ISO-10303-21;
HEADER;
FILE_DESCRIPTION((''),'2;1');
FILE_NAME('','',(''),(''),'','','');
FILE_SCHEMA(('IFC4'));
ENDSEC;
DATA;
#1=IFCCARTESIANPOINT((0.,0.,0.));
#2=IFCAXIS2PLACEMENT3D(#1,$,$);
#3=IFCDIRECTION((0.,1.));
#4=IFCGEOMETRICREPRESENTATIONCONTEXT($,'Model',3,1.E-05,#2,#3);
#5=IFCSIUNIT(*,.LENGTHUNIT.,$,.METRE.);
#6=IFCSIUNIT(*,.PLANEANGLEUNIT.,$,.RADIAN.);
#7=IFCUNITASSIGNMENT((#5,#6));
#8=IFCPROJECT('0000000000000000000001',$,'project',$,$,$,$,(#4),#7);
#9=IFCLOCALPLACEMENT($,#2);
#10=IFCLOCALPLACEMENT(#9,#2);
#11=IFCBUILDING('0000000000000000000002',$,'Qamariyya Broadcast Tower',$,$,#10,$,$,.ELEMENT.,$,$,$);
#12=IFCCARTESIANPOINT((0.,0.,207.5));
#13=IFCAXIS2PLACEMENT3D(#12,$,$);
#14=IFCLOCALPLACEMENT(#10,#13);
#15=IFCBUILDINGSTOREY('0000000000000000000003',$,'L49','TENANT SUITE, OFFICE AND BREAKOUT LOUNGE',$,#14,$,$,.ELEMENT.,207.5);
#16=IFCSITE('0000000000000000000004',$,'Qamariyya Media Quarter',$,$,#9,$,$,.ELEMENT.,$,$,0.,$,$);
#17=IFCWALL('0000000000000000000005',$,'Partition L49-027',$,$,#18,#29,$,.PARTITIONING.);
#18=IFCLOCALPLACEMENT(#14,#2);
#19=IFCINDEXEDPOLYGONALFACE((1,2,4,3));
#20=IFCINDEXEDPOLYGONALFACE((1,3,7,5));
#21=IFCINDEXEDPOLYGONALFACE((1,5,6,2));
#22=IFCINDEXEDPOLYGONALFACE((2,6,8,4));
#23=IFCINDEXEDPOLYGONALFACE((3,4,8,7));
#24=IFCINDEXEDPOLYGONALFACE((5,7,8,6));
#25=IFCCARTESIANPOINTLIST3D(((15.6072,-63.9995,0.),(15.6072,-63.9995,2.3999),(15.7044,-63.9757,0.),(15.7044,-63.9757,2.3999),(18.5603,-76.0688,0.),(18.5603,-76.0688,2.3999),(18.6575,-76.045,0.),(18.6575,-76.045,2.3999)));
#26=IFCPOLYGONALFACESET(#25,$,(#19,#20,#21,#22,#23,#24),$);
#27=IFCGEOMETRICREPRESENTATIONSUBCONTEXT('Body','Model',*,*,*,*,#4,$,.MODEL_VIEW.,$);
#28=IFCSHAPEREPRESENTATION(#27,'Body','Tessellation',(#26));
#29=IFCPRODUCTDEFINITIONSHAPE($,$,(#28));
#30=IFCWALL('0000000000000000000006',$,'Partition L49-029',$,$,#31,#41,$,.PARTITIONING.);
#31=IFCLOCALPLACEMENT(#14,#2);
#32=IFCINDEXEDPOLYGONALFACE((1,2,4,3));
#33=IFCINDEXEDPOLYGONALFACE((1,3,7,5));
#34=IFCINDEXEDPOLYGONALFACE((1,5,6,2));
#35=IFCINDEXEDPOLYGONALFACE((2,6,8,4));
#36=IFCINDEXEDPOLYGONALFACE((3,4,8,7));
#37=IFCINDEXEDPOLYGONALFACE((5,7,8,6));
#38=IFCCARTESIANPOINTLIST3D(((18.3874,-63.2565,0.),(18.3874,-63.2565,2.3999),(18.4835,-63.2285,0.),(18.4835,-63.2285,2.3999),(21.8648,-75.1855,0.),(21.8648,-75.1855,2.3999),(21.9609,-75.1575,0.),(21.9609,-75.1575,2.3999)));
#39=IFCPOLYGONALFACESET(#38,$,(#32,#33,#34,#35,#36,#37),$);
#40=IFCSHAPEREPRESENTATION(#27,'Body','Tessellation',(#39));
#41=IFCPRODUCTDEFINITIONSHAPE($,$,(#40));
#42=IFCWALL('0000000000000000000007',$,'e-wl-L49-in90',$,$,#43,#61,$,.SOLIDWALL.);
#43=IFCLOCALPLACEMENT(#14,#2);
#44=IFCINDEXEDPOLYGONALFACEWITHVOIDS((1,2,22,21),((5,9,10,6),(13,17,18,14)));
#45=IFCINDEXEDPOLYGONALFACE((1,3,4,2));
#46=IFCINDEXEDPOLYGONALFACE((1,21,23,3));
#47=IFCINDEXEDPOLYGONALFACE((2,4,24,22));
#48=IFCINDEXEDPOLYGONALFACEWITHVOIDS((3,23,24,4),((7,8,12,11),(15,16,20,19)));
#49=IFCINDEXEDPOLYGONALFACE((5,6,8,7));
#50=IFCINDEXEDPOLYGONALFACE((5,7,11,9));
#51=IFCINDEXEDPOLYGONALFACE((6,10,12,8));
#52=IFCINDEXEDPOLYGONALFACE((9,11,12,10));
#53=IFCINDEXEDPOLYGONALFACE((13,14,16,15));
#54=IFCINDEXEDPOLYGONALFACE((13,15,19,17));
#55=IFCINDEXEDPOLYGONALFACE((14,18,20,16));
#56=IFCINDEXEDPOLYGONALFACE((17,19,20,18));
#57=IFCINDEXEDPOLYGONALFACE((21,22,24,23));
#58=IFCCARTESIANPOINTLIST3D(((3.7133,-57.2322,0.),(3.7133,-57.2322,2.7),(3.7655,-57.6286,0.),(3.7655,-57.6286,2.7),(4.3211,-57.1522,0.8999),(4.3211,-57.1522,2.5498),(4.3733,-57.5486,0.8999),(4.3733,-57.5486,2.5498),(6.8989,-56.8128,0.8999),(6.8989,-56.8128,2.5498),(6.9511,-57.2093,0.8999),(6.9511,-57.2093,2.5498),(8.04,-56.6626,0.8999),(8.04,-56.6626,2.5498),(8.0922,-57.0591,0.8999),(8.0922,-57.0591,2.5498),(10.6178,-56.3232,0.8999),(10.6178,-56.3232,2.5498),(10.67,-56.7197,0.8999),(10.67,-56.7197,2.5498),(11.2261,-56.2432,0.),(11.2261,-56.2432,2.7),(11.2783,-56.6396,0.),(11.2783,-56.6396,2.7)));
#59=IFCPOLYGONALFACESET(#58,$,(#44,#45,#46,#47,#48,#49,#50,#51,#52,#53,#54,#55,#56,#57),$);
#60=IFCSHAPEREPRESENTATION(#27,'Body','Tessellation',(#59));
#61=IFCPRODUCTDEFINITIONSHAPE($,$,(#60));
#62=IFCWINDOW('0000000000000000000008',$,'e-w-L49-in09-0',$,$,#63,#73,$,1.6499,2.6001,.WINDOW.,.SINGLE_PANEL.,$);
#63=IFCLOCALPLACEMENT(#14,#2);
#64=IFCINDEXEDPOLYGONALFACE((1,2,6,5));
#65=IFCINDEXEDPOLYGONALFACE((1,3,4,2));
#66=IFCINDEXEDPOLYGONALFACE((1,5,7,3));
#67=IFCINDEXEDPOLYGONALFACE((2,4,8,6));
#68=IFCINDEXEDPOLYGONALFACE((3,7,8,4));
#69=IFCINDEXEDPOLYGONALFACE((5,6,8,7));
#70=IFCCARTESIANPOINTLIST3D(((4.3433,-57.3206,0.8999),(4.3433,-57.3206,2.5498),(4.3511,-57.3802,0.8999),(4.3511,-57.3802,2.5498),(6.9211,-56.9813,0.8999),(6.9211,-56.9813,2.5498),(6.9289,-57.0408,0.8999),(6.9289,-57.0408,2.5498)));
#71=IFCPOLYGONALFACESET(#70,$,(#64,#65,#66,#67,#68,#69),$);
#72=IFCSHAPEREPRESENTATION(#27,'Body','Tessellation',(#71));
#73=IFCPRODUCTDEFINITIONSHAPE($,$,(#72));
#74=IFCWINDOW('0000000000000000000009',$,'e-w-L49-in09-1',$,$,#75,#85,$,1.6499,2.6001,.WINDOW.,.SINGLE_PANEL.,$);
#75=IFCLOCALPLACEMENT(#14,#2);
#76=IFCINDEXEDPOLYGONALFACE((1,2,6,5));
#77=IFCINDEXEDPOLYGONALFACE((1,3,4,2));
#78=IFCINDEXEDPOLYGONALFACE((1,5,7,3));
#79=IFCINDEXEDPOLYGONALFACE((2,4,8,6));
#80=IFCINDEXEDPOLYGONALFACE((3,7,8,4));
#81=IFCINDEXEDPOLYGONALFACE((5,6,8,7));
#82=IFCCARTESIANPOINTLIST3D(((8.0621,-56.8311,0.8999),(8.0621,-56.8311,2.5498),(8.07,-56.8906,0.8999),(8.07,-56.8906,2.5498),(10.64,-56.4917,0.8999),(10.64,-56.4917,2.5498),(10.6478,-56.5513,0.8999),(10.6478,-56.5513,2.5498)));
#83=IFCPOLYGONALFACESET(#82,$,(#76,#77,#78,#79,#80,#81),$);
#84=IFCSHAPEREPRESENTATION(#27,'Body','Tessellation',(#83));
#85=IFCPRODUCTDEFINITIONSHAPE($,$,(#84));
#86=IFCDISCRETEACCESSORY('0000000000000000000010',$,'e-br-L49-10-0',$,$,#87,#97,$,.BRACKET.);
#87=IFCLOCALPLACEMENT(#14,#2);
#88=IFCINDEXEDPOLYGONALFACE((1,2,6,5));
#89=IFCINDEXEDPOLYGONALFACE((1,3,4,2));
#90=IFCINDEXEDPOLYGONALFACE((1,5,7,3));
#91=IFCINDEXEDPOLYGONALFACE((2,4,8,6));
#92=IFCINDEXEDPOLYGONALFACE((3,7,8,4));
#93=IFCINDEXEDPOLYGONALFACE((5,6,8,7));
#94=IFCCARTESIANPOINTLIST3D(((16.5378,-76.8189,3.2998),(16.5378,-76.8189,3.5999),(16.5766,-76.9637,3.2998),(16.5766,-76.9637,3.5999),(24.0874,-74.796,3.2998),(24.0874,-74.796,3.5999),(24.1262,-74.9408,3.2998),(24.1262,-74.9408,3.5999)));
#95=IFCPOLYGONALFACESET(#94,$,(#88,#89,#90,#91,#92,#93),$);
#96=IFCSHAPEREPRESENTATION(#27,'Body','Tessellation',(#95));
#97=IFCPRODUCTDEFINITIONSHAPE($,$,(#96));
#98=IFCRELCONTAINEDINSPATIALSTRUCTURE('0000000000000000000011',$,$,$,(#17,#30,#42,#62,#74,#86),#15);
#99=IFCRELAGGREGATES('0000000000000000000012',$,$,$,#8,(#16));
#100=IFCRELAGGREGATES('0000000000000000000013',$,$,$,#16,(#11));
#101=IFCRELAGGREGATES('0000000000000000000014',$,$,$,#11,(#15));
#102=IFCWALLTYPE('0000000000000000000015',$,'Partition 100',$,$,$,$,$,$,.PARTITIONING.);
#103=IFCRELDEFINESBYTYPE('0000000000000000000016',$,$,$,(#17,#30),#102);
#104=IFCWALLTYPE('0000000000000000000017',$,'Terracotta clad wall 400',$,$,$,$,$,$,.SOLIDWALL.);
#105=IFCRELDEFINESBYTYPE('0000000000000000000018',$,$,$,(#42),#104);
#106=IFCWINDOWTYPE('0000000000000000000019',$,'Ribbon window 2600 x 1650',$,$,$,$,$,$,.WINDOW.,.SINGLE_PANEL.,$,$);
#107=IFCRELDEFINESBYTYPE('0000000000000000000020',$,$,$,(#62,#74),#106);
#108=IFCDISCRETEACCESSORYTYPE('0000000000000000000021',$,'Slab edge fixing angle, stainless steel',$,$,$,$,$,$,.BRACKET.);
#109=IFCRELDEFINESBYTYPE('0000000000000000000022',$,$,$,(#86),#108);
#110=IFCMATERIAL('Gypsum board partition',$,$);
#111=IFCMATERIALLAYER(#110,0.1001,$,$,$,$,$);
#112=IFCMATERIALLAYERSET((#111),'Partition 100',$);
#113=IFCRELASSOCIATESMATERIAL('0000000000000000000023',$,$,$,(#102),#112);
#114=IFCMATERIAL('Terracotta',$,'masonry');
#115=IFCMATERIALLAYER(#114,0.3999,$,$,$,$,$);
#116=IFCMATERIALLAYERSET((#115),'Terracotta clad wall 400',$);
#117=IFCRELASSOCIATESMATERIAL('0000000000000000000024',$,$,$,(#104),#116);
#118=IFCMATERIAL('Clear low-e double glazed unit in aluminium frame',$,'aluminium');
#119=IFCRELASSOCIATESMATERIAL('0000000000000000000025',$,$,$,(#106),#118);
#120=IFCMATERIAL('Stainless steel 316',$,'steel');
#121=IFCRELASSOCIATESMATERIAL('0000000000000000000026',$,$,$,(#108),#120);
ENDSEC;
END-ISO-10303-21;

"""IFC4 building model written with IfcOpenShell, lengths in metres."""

from ifc_helpers import new_model, si_unit, direction, frame, frame_2d, origin, origin_2d, place, context, subcontext, project, spatial, rectangle, extrude, material, layer, layer_set, type_object, element, fill, save


model = new_model("IFC4")

# Units and contexts
model_context = context("Model", 3, precision=1e-05, world=origin(), true_north=direction((0.0, 1.0)))
body_context = subcontext(model_context, "Body", "Model", "MODEL_VIEW")
ifc_project = project(units=[si_unit("LENGTHUNIT", "METRE"), si_unit("PLANEANGLEUNIT", "RADIAN")], contexts=[model_context])

# Site, building, storey
site_placement = place(None, origin())
site = spatial("IfcSite", under=ifc_project, at=site_placement, Name="Qamariyya Media Quarter", CompositionType="ELEMENT", RefElevation=0.0)
building_placement = place(site_placement, origin())
building = spatial("IfcBuilding", under=site, at=building_placement, Name="Qamariyya Broadcast Tower", CompositionType="ELEMENT")
storey_placement = place(building_placement, frame((0.0, 0.0, 207.5)))
storey = spatial("IfcBuildingStorey", under=building, at=storey_placement, Name="L49", Description="TENANT SUITE, OFFICE AND BREAKOUT LOUNGE", CompositionType="ELEMENT", Elevation=207.5)

# Shared definitions
ifc_material_1 = material(Name="Gypsum board partition")

# Walls
ifc_layer_1 = layer(ifc_material_1, 0.1001)
ifc_layer_set_1 = layer_set([ifc_layer_1], Name="Partition 100")
wall_type_1 = type_object("IfcWallType", Name="Partition 100", PredefinedType="PARTITIONING", material=ifc_layer_set_1)
wall_1_placement = place(storey_placement, frame((18.6089, -76.0569, 0.0), z_axis=(0.0, 0.0, 1.0), x_axis=(-0.237669, 0.971346, 0.0)))
element("IfcWall", 1, at=wall_1_placement, inside=storey, type_object=wall_type_1, Name="Partition L49-027", PredefinedType="PARTITIONING", context=body_context, shape_type="SweptSolid", body=[
    extrude(rectangle(XDim=12.4253, YDim=0.1001, at=frame_2d((6.2126, 0.0))), origin(), (0.0, 0.0, 1.0), 2.3999),
])
wall_2_placement = place(storey_placement, frame((21.9128, -75.1716, 0.0), z_axis=(0.0, 0.0, 1.0), x_axis=(-0.279853, 0.960043, 0.0)))
element("IfcWall", 2, at=wall_2_placement, inside=storey, type_object=wall_type_1, Name="Partition L49-029", PredefinedType="PARTITIONING", context=body_context, shape_type="SweptSolid", body=[
    extrude(rectangle(XDim=12.4255, YDim=0.1001, at=frame_2d((6.2129, 0.0))), origin(), (0.0, 0.0, 1.0), 2.3999),
])

# Wall, openings, windows
ifc_material_2 = material(Name="Terracotta", Category="masonry")
ifc_layer_2 = layer(ifc_material_2, 0.3999)
ifc_layer_set_2 = layer_set([ifc_layer_2], Name="Terracotta clad wall 400")
wall_type_2 = type_object("IfcWallType", Name="Terracotta clad wall 400", PredefinedType="SOLIDWALL", material=ifc_layer_set_2)
wall_3_placement = place(storey_placement, frame((11.2522, -56.4414, 0.0), z_axis=(0.0, 0.0, 1.0), x_axis=(-0.991446, -0.130515, 0.0)))
wall_3 = element("IfcWall", 3, at=wall_3_placement, inside=storey, type_object=wall_type_2, Name="e-wl-L49-in90", PredefinedType="SOLIDWALL", context=body_context, shape_type="SweptSolid", body=[
    extrude(rectangle(XDim=7.5776, YDim=0.3999, at=frame_2d((3.7888, 0.0))), origin(), (0.0, 0.0, 1.0), 2.7),
])
opening_1_placement = place(wall_3_placement, frame((4.3645, 0.0, 0.8999)))
opening_1 = element("IfcOpeningElement", 4, at=opening_1_placement, cuts=wall_3, PredefinedType="OPENING", context=body_context, shape_type="SweptSolid", body=[
    extrude(rectangle(XDim=2.6001, YDim=1.6499, at=frame_2d((1.3, 0.825))), frame((0.0, 0.21, 0.0), z_axis=(0.0, -1.0, 0.0), x_axis=(1.0, 0.0, 0.0)), (0.0, 0.0, 1.0), 0.4199),
])
opening_2_placement = place(wall_3_placement, frame((0.6135, 0.0, 0.8999)))
opening_2 = element("IfcOpeningElement", 5, at=opening_2_placement, cuts=wall_3, PredefinedType="OPENING", context=body_context, shape_type="SweptSolid", body=[
    extrude(rectangle(XDim=2.6001, YDim=1.6499, at=frame_2d((1.3, 0.825))), frame((0.0, 0.21, 0.0), z_axis=(0.0, -1.0, 0.0), x_axis=(1.0, 0.0, 0.0)), (0.0, 0.0, 1.0), 0.4199),
])
ifc_material_3 = material(Name="Clear low-e double glazed unit in aluminium frame", Category="aluminium")
window_type = type_object("IfcWindowType", Name="Ribbon window 2600 x 1650", PartitioningType="SINGLE_PANEL", PredefinedType="WINDOW", material=ifc_material_3)
window_1_placement = place(opening_1_placement, origin())
window_1 = element("IfcWindow", 6, at=window_1_placement, inside=storey, type_object=window_type, Name="e-w-L49-in09-0", OverallHeight=1.6499, OverallWidth=2.6001, PartitioningType="SINGLE_PANEL", PredefinedType="WINDOW", context=body_context, shape_type="SweptSolid", body=[
    extrude(rectangle(XDim=2.6001, YDim=1.6499, at=frame_2d((1.3, 0.825))), frame((0.0, 0.03, 0.0), z_axis=(0.0, -1.0, 0.0), x_axis=(1.0, 0.0, 0.0)), (0.0, 0.0, 1.0), 0.0601),
])
fill(opening_1, window_1)
window_2_placement = place(opening_2_placement, origin())
window_2 = element("IfcWindow", 7, at=window_2_placement, inside=storey, type_object=window_type, Name="e-w-L49-in09-1", OverallHeight=1.6499, OverallWidth=2.6001, PartitioningType="SINGLE_PANEL", PredefinedType="WINDOW", context=body_context, shape_type="SweptSolid", body=[
    extrude(rectangle(XDim=2.6001, YDim=1.6499, at=frame_2d((1.3, 0.825))), frame((0.0, 0.03, 0.0), z_axis=(0.0, -1.0, 0.0), x_axis=(1.0, 0.0, 0.0)), (0.0, 0.0, 1.0), 0.0601),
])
fill(opening_2, window_2)

# Discrete accessory
ifc_material_4 = material(Name="Stainless steel 316", Category="steel")
discrete_accessory_type = type_object("IfcDiscreteAccessoryType", Name="Slab edge fixing angle, stainless steel", PredefinedType="BRACKET", material=ifc_material_4)
discrete_accessory_placement = place(storey_placement, frame((20.332, -75.8799, 3.2998), z_axis=(0.0, 0.0, 1.0), x_axis=(0.965926, 0.258819, 0.0)))
element("IfcDiscreteAccessory", 8, at=discrete_accessory_placement, inside=storey, type_object=discrete_accessory_type, Name="e-br-L49-10-0", PredefinedType="BRACKET", context=body_context, shape_type="SweptSolid", body=[
    extrude(rectangle(XDim=7.8159, YDim=0.1499, at=origin_2d()), origin(), (0.0, 0.0, 1.0), 0.3),
])

save(model, "model.ifc")
